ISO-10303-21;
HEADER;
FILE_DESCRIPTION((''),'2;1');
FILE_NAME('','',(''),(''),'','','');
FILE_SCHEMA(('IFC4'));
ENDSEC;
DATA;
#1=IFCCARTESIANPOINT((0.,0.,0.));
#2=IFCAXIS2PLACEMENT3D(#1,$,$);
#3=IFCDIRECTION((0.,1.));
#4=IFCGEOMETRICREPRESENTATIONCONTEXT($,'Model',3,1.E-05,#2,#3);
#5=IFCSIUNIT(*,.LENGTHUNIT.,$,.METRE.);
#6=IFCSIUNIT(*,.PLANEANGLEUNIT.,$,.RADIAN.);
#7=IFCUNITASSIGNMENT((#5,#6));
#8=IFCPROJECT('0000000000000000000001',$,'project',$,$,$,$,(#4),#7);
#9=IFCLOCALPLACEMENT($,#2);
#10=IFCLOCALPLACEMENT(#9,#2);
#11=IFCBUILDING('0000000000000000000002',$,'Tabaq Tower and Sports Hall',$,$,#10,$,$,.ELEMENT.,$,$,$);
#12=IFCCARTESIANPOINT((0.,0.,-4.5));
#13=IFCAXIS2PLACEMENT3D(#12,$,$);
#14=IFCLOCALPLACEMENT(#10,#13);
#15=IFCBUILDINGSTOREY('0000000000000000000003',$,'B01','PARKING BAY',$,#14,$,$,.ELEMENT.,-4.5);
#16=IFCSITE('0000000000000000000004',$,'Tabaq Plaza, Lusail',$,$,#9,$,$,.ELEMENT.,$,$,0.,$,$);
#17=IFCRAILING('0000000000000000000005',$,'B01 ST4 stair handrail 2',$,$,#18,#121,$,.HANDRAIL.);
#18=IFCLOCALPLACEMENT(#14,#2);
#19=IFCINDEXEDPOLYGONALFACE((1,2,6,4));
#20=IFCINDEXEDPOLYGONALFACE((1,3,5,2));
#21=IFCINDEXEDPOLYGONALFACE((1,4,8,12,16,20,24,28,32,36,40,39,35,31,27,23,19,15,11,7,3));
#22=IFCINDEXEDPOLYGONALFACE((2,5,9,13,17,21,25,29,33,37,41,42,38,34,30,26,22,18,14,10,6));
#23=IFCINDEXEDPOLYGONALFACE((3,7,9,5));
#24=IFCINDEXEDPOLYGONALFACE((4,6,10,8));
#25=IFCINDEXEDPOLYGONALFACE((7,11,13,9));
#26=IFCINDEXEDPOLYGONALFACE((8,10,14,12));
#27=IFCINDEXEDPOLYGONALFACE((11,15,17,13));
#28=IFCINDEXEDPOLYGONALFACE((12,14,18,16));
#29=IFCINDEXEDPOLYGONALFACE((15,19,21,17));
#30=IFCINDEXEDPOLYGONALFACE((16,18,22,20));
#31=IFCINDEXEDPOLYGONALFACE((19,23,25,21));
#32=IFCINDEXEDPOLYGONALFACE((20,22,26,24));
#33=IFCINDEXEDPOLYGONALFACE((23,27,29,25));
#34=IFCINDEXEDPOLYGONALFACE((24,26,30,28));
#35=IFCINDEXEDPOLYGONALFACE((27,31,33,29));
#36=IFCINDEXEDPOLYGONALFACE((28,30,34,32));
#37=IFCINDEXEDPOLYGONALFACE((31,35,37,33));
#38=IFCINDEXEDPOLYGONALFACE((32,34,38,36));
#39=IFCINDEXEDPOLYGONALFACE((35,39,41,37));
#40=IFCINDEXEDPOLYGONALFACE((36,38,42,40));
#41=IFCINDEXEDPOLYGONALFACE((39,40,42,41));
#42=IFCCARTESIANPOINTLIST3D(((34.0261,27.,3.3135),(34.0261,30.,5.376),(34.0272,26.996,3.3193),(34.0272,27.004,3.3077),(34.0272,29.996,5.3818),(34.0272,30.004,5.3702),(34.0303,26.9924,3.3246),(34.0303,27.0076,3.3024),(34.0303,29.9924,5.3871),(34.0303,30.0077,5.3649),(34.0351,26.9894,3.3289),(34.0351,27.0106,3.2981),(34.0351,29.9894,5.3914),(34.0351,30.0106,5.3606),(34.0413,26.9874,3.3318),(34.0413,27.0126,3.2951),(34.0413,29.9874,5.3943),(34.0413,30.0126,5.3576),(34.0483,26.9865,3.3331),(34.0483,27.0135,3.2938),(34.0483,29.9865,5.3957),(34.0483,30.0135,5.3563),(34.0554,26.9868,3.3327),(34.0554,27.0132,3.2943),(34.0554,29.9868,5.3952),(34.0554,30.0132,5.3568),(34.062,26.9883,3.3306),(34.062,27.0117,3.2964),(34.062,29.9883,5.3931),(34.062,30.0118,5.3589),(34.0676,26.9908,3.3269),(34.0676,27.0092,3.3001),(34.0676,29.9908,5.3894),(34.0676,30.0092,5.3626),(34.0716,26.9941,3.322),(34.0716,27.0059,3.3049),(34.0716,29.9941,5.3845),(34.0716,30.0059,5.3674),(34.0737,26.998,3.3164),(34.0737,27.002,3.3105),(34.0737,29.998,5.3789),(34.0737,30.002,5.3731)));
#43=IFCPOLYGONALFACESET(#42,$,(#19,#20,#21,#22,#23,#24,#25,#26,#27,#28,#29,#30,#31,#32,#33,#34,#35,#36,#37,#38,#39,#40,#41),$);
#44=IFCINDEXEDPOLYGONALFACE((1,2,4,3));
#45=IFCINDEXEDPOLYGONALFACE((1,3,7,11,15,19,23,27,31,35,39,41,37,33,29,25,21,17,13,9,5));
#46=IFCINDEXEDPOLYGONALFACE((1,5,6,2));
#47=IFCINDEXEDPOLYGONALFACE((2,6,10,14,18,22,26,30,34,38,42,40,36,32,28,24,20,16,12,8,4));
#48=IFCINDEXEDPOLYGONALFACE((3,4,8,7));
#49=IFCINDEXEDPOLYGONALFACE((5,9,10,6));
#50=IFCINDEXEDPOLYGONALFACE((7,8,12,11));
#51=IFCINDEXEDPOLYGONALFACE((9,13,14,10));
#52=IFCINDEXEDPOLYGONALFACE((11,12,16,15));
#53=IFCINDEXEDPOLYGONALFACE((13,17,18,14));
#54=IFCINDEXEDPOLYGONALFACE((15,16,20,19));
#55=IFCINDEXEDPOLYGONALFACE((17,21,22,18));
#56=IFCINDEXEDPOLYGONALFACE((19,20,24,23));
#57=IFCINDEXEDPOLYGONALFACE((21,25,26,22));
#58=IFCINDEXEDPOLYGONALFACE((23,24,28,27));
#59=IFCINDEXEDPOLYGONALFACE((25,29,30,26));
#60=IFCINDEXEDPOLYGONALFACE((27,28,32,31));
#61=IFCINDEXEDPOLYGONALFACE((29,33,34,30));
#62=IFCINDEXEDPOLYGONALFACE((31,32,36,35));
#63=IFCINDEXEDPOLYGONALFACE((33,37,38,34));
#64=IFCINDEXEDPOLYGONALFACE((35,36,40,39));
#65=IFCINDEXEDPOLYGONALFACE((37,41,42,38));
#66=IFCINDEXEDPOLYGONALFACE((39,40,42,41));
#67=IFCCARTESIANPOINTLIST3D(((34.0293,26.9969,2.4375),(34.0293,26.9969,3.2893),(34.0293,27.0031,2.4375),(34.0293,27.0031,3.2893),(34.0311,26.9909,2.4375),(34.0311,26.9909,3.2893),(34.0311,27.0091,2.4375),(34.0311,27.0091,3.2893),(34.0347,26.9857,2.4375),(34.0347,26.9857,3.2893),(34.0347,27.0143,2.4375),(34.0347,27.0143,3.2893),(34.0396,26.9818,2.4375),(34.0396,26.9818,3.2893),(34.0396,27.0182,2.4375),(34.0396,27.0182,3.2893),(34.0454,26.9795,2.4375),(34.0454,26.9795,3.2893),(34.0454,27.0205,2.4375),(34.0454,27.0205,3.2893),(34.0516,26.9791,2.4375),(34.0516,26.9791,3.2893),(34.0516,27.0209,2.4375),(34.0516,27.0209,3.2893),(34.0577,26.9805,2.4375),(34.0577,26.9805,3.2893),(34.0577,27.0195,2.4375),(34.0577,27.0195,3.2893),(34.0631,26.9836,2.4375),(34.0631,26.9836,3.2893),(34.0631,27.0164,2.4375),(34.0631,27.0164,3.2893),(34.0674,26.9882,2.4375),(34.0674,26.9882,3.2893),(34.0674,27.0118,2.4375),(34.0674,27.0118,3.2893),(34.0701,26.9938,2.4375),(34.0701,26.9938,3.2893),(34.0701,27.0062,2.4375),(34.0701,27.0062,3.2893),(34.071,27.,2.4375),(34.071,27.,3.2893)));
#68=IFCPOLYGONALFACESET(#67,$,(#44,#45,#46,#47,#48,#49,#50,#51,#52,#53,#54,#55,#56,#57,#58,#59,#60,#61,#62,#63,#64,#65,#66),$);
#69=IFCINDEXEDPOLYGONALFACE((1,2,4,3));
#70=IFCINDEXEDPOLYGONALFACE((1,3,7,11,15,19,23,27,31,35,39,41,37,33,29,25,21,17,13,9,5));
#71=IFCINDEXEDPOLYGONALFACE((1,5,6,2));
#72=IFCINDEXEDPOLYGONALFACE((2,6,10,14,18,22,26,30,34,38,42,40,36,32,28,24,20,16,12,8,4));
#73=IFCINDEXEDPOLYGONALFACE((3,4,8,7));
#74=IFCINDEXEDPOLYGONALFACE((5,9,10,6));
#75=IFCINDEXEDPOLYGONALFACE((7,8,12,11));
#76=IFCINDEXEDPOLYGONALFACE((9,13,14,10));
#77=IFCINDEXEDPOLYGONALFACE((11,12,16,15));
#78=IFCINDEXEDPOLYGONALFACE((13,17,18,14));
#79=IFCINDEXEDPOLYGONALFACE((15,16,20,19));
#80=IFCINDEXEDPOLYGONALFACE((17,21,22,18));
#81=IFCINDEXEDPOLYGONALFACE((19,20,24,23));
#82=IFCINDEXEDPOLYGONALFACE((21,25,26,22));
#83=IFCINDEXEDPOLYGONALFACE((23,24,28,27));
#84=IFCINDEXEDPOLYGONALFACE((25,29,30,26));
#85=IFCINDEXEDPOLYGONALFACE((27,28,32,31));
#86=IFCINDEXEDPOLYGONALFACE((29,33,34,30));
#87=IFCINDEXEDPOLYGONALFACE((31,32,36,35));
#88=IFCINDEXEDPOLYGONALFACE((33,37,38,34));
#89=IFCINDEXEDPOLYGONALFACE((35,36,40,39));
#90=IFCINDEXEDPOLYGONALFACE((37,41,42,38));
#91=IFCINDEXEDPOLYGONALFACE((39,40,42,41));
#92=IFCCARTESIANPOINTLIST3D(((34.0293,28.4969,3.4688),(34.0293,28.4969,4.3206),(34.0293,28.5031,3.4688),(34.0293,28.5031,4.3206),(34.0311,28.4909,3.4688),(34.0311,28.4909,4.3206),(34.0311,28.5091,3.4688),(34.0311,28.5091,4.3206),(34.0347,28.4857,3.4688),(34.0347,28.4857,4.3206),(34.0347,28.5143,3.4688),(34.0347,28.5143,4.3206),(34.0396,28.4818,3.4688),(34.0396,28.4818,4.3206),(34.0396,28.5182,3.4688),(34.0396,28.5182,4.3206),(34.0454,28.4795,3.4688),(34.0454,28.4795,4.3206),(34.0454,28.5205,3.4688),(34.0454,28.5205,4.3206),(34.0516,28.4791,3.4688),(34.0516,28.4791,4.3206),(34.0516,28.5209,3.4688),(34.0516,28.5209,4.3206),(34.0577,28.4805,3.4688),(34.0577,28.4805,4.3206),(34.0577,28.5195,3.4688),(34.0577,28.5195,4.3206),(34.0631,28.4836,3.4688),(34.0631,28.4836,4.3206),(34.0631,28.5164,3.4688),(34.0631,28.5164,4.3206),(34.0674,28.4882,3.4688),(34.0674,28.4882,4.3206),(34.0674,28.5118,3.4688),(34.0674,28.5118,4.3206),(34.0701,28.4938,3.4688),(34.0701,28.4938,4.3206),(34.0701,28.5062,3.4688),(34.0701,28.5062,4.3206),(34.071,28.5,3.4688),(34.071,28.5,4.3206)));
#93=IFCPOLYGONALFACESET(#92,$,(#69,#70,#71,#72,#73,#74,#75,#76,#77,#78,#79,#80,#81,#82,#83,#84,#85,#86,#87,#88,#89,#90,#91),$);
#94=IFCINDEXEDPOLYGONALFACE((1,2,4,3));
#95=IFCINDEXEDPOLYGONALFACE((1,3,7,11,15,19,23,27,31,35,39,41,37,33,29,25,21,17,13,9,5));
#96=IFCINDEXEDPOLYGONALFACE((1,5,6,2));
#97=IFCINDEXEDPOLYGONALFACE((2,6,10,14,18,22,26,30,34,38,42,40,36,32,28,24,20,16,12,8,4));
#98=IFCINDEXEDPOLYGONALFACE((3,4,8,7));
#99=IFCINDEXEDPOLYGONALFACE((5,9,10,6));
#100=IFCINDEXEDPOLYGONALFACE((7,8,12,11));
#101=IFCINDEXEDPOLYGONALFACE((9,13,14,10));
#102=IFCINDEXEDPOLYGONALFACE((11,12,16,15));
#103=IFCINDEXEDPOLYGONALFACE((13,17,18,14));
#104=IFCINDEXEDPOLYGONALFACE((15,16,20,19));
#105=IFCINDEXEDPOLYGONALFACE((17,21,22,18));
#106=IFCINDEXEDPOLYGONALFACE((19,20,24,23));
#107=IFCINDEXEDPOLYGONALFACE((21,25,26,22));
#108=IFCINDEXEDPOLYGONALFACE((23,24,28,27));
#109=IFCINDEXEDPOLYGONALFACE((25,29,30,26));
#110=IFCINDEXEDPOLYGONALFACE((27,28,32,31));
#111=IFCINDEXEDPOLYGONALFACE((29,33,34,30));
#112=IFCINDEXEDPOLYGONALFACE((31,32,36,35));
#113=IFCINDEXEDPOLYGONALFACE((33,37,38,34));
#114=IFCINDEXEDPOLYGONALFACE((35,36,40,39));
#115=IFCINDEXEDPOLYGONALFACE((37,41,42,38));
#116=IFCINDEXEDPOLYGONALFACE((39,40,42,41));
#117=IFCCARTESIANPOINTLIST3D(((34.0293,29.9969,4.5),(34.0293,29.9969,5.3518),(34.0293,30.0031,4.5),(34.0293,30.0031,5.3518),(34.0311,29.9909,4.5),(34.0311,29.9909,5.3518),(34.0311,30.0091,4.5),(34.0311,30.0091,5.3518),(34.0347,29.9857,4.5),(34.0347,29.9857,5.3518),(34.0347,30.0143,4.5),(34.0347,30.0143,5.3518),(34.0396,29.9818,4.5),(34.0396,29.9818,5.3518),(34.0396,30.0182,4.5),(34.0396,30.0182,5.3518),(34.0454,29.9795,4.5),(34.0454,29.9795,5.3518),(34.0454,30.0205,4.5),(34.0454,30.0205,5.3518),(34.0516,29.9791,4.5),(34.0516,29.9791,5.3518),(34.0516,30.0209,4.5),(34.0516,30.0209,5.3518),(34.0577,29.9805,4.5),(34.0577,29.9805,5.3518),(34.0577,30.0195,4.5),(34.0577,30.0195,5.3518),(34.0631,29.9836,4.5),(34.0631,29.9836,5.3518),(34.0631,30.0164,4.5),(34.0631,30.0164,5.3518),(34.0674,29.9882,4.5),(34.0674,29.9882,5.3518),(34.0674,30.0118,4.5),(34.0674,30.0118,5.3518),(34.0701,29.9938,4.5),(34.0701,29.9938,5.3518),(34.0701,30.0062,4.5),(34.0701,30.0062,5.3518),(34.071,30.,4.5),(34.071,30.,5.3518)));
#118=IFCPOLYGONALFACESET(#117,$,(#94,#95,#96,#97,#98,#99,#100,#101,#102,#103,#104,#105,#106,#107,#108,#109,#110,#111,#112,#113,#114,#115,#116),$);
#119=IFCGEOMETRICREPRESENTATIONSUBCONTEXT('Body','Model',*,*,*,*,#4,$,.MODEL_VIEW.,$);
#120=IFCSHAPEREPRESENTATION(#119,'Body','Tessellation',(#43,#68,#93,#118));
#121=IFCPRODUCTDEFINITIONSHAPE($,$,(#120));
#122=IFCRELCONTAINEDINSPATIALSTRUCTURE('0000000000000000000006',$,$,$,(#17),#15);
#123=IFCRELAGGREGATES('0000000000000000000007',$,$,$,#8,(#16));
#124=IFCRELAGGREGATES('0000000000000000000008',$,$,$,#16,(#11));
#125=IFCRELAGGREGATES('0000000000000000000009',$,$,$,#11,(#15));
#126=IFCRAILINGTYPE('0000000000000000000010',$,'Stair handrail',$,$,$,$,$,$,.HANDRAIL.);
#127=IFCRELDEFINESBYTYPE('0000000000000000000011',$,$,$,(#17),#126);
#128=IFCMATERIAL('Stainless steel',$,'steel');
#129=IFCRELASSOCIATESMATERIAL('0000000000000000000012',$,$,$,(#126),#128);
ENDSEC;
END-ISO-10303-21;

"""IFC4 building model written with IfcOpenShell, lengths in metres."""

from ifc_helpers import new_model, si_unit, direction, frame, origin, origin_2d, place, context, subcontext, project, spatial, circle, extrude, material, type_object, element, save


model = new_model("IFC4")

# Units and contexts
model_context = context("Model", 3, precision=1e-05, world=origin(), true_north=direction((0.0, 1.0)))
body_context = subcontext(model_context, "Body", "Model", "MODEL_VIEW")
ifc_project = project(units=[si_unit("LENGTHUNIT", "METRE"), si_unit("PLANEANGLEUNIT", "RADIAN")], contexts=[model_context])

# Site, building, storey
site_placement = place(None, origin())
site = spatial("IfcSite", under=ifc_project, at=site_placement, Name="Tabaq Plaza, Lusail", CompositionType="ELEMENT", RefElevation=0.0)
building_placement = place(site_placement, origin())
building = spatial("IfcBuilding", under=site, at=building_placement, Name="Tabaq Tower and Sports Hall", CompositionType="ELEMENT")
storey_placement = place(building_placement, frame((0.0, 0.0, -4.5)))
storey = spatial("IfcBuildingStorey", under=building, at=storey_placement, Name="B01", Description="PARKING BAY", CompositionType="ELEMENT", Elevation=-4.5)

# Railing
ifc_material_1 = material(Name="Stainless steel", Category="steel")
railing_type_1 = type_object("IfcRailingType", Name="Stair handrail", PredefinedType="HANDRAIL", material=ifc_material_1)
railing_1_placement = place(storey_placement, frame((34.05, 27.0, 2.4375)))
element("IfcRailing", 1, at=railing_1_placement, inside=storey, type_object=railing_type_1, Name="B01 ST4 stair handrail 2", PredefinedType="HANDRAIL", context=body_context, shape_type="SweptSolid", body=[
    extrude(circle(Radius=0.0239, at=origin_2d()), frame((0.0, 0.0, 0.876), z_axis=(0.0, 0.824042, 0.566529), x_axis=(-1.0, 0.0, 0.0)), (0.0, 0.0, 1.0), 3.6406),
    extrude(circle(Radius=0.021, at=origin_2d()), origin(), (0.0, 0.0, 1.0), 0.8518),
    extrude(circle(Radius=0.021, at=origin_2d()), frame((0.0, 1.5, 1.0312)), (0.0, 0.0, 1.0), 0.8518),
    extrude(circle(Radius=0.021, at=origin_2d()), frame((0.0, 3.0, 2.0625)), (0.0, 0.0, 1.0), 0.8518),
])

save(model, "model.ifc")
